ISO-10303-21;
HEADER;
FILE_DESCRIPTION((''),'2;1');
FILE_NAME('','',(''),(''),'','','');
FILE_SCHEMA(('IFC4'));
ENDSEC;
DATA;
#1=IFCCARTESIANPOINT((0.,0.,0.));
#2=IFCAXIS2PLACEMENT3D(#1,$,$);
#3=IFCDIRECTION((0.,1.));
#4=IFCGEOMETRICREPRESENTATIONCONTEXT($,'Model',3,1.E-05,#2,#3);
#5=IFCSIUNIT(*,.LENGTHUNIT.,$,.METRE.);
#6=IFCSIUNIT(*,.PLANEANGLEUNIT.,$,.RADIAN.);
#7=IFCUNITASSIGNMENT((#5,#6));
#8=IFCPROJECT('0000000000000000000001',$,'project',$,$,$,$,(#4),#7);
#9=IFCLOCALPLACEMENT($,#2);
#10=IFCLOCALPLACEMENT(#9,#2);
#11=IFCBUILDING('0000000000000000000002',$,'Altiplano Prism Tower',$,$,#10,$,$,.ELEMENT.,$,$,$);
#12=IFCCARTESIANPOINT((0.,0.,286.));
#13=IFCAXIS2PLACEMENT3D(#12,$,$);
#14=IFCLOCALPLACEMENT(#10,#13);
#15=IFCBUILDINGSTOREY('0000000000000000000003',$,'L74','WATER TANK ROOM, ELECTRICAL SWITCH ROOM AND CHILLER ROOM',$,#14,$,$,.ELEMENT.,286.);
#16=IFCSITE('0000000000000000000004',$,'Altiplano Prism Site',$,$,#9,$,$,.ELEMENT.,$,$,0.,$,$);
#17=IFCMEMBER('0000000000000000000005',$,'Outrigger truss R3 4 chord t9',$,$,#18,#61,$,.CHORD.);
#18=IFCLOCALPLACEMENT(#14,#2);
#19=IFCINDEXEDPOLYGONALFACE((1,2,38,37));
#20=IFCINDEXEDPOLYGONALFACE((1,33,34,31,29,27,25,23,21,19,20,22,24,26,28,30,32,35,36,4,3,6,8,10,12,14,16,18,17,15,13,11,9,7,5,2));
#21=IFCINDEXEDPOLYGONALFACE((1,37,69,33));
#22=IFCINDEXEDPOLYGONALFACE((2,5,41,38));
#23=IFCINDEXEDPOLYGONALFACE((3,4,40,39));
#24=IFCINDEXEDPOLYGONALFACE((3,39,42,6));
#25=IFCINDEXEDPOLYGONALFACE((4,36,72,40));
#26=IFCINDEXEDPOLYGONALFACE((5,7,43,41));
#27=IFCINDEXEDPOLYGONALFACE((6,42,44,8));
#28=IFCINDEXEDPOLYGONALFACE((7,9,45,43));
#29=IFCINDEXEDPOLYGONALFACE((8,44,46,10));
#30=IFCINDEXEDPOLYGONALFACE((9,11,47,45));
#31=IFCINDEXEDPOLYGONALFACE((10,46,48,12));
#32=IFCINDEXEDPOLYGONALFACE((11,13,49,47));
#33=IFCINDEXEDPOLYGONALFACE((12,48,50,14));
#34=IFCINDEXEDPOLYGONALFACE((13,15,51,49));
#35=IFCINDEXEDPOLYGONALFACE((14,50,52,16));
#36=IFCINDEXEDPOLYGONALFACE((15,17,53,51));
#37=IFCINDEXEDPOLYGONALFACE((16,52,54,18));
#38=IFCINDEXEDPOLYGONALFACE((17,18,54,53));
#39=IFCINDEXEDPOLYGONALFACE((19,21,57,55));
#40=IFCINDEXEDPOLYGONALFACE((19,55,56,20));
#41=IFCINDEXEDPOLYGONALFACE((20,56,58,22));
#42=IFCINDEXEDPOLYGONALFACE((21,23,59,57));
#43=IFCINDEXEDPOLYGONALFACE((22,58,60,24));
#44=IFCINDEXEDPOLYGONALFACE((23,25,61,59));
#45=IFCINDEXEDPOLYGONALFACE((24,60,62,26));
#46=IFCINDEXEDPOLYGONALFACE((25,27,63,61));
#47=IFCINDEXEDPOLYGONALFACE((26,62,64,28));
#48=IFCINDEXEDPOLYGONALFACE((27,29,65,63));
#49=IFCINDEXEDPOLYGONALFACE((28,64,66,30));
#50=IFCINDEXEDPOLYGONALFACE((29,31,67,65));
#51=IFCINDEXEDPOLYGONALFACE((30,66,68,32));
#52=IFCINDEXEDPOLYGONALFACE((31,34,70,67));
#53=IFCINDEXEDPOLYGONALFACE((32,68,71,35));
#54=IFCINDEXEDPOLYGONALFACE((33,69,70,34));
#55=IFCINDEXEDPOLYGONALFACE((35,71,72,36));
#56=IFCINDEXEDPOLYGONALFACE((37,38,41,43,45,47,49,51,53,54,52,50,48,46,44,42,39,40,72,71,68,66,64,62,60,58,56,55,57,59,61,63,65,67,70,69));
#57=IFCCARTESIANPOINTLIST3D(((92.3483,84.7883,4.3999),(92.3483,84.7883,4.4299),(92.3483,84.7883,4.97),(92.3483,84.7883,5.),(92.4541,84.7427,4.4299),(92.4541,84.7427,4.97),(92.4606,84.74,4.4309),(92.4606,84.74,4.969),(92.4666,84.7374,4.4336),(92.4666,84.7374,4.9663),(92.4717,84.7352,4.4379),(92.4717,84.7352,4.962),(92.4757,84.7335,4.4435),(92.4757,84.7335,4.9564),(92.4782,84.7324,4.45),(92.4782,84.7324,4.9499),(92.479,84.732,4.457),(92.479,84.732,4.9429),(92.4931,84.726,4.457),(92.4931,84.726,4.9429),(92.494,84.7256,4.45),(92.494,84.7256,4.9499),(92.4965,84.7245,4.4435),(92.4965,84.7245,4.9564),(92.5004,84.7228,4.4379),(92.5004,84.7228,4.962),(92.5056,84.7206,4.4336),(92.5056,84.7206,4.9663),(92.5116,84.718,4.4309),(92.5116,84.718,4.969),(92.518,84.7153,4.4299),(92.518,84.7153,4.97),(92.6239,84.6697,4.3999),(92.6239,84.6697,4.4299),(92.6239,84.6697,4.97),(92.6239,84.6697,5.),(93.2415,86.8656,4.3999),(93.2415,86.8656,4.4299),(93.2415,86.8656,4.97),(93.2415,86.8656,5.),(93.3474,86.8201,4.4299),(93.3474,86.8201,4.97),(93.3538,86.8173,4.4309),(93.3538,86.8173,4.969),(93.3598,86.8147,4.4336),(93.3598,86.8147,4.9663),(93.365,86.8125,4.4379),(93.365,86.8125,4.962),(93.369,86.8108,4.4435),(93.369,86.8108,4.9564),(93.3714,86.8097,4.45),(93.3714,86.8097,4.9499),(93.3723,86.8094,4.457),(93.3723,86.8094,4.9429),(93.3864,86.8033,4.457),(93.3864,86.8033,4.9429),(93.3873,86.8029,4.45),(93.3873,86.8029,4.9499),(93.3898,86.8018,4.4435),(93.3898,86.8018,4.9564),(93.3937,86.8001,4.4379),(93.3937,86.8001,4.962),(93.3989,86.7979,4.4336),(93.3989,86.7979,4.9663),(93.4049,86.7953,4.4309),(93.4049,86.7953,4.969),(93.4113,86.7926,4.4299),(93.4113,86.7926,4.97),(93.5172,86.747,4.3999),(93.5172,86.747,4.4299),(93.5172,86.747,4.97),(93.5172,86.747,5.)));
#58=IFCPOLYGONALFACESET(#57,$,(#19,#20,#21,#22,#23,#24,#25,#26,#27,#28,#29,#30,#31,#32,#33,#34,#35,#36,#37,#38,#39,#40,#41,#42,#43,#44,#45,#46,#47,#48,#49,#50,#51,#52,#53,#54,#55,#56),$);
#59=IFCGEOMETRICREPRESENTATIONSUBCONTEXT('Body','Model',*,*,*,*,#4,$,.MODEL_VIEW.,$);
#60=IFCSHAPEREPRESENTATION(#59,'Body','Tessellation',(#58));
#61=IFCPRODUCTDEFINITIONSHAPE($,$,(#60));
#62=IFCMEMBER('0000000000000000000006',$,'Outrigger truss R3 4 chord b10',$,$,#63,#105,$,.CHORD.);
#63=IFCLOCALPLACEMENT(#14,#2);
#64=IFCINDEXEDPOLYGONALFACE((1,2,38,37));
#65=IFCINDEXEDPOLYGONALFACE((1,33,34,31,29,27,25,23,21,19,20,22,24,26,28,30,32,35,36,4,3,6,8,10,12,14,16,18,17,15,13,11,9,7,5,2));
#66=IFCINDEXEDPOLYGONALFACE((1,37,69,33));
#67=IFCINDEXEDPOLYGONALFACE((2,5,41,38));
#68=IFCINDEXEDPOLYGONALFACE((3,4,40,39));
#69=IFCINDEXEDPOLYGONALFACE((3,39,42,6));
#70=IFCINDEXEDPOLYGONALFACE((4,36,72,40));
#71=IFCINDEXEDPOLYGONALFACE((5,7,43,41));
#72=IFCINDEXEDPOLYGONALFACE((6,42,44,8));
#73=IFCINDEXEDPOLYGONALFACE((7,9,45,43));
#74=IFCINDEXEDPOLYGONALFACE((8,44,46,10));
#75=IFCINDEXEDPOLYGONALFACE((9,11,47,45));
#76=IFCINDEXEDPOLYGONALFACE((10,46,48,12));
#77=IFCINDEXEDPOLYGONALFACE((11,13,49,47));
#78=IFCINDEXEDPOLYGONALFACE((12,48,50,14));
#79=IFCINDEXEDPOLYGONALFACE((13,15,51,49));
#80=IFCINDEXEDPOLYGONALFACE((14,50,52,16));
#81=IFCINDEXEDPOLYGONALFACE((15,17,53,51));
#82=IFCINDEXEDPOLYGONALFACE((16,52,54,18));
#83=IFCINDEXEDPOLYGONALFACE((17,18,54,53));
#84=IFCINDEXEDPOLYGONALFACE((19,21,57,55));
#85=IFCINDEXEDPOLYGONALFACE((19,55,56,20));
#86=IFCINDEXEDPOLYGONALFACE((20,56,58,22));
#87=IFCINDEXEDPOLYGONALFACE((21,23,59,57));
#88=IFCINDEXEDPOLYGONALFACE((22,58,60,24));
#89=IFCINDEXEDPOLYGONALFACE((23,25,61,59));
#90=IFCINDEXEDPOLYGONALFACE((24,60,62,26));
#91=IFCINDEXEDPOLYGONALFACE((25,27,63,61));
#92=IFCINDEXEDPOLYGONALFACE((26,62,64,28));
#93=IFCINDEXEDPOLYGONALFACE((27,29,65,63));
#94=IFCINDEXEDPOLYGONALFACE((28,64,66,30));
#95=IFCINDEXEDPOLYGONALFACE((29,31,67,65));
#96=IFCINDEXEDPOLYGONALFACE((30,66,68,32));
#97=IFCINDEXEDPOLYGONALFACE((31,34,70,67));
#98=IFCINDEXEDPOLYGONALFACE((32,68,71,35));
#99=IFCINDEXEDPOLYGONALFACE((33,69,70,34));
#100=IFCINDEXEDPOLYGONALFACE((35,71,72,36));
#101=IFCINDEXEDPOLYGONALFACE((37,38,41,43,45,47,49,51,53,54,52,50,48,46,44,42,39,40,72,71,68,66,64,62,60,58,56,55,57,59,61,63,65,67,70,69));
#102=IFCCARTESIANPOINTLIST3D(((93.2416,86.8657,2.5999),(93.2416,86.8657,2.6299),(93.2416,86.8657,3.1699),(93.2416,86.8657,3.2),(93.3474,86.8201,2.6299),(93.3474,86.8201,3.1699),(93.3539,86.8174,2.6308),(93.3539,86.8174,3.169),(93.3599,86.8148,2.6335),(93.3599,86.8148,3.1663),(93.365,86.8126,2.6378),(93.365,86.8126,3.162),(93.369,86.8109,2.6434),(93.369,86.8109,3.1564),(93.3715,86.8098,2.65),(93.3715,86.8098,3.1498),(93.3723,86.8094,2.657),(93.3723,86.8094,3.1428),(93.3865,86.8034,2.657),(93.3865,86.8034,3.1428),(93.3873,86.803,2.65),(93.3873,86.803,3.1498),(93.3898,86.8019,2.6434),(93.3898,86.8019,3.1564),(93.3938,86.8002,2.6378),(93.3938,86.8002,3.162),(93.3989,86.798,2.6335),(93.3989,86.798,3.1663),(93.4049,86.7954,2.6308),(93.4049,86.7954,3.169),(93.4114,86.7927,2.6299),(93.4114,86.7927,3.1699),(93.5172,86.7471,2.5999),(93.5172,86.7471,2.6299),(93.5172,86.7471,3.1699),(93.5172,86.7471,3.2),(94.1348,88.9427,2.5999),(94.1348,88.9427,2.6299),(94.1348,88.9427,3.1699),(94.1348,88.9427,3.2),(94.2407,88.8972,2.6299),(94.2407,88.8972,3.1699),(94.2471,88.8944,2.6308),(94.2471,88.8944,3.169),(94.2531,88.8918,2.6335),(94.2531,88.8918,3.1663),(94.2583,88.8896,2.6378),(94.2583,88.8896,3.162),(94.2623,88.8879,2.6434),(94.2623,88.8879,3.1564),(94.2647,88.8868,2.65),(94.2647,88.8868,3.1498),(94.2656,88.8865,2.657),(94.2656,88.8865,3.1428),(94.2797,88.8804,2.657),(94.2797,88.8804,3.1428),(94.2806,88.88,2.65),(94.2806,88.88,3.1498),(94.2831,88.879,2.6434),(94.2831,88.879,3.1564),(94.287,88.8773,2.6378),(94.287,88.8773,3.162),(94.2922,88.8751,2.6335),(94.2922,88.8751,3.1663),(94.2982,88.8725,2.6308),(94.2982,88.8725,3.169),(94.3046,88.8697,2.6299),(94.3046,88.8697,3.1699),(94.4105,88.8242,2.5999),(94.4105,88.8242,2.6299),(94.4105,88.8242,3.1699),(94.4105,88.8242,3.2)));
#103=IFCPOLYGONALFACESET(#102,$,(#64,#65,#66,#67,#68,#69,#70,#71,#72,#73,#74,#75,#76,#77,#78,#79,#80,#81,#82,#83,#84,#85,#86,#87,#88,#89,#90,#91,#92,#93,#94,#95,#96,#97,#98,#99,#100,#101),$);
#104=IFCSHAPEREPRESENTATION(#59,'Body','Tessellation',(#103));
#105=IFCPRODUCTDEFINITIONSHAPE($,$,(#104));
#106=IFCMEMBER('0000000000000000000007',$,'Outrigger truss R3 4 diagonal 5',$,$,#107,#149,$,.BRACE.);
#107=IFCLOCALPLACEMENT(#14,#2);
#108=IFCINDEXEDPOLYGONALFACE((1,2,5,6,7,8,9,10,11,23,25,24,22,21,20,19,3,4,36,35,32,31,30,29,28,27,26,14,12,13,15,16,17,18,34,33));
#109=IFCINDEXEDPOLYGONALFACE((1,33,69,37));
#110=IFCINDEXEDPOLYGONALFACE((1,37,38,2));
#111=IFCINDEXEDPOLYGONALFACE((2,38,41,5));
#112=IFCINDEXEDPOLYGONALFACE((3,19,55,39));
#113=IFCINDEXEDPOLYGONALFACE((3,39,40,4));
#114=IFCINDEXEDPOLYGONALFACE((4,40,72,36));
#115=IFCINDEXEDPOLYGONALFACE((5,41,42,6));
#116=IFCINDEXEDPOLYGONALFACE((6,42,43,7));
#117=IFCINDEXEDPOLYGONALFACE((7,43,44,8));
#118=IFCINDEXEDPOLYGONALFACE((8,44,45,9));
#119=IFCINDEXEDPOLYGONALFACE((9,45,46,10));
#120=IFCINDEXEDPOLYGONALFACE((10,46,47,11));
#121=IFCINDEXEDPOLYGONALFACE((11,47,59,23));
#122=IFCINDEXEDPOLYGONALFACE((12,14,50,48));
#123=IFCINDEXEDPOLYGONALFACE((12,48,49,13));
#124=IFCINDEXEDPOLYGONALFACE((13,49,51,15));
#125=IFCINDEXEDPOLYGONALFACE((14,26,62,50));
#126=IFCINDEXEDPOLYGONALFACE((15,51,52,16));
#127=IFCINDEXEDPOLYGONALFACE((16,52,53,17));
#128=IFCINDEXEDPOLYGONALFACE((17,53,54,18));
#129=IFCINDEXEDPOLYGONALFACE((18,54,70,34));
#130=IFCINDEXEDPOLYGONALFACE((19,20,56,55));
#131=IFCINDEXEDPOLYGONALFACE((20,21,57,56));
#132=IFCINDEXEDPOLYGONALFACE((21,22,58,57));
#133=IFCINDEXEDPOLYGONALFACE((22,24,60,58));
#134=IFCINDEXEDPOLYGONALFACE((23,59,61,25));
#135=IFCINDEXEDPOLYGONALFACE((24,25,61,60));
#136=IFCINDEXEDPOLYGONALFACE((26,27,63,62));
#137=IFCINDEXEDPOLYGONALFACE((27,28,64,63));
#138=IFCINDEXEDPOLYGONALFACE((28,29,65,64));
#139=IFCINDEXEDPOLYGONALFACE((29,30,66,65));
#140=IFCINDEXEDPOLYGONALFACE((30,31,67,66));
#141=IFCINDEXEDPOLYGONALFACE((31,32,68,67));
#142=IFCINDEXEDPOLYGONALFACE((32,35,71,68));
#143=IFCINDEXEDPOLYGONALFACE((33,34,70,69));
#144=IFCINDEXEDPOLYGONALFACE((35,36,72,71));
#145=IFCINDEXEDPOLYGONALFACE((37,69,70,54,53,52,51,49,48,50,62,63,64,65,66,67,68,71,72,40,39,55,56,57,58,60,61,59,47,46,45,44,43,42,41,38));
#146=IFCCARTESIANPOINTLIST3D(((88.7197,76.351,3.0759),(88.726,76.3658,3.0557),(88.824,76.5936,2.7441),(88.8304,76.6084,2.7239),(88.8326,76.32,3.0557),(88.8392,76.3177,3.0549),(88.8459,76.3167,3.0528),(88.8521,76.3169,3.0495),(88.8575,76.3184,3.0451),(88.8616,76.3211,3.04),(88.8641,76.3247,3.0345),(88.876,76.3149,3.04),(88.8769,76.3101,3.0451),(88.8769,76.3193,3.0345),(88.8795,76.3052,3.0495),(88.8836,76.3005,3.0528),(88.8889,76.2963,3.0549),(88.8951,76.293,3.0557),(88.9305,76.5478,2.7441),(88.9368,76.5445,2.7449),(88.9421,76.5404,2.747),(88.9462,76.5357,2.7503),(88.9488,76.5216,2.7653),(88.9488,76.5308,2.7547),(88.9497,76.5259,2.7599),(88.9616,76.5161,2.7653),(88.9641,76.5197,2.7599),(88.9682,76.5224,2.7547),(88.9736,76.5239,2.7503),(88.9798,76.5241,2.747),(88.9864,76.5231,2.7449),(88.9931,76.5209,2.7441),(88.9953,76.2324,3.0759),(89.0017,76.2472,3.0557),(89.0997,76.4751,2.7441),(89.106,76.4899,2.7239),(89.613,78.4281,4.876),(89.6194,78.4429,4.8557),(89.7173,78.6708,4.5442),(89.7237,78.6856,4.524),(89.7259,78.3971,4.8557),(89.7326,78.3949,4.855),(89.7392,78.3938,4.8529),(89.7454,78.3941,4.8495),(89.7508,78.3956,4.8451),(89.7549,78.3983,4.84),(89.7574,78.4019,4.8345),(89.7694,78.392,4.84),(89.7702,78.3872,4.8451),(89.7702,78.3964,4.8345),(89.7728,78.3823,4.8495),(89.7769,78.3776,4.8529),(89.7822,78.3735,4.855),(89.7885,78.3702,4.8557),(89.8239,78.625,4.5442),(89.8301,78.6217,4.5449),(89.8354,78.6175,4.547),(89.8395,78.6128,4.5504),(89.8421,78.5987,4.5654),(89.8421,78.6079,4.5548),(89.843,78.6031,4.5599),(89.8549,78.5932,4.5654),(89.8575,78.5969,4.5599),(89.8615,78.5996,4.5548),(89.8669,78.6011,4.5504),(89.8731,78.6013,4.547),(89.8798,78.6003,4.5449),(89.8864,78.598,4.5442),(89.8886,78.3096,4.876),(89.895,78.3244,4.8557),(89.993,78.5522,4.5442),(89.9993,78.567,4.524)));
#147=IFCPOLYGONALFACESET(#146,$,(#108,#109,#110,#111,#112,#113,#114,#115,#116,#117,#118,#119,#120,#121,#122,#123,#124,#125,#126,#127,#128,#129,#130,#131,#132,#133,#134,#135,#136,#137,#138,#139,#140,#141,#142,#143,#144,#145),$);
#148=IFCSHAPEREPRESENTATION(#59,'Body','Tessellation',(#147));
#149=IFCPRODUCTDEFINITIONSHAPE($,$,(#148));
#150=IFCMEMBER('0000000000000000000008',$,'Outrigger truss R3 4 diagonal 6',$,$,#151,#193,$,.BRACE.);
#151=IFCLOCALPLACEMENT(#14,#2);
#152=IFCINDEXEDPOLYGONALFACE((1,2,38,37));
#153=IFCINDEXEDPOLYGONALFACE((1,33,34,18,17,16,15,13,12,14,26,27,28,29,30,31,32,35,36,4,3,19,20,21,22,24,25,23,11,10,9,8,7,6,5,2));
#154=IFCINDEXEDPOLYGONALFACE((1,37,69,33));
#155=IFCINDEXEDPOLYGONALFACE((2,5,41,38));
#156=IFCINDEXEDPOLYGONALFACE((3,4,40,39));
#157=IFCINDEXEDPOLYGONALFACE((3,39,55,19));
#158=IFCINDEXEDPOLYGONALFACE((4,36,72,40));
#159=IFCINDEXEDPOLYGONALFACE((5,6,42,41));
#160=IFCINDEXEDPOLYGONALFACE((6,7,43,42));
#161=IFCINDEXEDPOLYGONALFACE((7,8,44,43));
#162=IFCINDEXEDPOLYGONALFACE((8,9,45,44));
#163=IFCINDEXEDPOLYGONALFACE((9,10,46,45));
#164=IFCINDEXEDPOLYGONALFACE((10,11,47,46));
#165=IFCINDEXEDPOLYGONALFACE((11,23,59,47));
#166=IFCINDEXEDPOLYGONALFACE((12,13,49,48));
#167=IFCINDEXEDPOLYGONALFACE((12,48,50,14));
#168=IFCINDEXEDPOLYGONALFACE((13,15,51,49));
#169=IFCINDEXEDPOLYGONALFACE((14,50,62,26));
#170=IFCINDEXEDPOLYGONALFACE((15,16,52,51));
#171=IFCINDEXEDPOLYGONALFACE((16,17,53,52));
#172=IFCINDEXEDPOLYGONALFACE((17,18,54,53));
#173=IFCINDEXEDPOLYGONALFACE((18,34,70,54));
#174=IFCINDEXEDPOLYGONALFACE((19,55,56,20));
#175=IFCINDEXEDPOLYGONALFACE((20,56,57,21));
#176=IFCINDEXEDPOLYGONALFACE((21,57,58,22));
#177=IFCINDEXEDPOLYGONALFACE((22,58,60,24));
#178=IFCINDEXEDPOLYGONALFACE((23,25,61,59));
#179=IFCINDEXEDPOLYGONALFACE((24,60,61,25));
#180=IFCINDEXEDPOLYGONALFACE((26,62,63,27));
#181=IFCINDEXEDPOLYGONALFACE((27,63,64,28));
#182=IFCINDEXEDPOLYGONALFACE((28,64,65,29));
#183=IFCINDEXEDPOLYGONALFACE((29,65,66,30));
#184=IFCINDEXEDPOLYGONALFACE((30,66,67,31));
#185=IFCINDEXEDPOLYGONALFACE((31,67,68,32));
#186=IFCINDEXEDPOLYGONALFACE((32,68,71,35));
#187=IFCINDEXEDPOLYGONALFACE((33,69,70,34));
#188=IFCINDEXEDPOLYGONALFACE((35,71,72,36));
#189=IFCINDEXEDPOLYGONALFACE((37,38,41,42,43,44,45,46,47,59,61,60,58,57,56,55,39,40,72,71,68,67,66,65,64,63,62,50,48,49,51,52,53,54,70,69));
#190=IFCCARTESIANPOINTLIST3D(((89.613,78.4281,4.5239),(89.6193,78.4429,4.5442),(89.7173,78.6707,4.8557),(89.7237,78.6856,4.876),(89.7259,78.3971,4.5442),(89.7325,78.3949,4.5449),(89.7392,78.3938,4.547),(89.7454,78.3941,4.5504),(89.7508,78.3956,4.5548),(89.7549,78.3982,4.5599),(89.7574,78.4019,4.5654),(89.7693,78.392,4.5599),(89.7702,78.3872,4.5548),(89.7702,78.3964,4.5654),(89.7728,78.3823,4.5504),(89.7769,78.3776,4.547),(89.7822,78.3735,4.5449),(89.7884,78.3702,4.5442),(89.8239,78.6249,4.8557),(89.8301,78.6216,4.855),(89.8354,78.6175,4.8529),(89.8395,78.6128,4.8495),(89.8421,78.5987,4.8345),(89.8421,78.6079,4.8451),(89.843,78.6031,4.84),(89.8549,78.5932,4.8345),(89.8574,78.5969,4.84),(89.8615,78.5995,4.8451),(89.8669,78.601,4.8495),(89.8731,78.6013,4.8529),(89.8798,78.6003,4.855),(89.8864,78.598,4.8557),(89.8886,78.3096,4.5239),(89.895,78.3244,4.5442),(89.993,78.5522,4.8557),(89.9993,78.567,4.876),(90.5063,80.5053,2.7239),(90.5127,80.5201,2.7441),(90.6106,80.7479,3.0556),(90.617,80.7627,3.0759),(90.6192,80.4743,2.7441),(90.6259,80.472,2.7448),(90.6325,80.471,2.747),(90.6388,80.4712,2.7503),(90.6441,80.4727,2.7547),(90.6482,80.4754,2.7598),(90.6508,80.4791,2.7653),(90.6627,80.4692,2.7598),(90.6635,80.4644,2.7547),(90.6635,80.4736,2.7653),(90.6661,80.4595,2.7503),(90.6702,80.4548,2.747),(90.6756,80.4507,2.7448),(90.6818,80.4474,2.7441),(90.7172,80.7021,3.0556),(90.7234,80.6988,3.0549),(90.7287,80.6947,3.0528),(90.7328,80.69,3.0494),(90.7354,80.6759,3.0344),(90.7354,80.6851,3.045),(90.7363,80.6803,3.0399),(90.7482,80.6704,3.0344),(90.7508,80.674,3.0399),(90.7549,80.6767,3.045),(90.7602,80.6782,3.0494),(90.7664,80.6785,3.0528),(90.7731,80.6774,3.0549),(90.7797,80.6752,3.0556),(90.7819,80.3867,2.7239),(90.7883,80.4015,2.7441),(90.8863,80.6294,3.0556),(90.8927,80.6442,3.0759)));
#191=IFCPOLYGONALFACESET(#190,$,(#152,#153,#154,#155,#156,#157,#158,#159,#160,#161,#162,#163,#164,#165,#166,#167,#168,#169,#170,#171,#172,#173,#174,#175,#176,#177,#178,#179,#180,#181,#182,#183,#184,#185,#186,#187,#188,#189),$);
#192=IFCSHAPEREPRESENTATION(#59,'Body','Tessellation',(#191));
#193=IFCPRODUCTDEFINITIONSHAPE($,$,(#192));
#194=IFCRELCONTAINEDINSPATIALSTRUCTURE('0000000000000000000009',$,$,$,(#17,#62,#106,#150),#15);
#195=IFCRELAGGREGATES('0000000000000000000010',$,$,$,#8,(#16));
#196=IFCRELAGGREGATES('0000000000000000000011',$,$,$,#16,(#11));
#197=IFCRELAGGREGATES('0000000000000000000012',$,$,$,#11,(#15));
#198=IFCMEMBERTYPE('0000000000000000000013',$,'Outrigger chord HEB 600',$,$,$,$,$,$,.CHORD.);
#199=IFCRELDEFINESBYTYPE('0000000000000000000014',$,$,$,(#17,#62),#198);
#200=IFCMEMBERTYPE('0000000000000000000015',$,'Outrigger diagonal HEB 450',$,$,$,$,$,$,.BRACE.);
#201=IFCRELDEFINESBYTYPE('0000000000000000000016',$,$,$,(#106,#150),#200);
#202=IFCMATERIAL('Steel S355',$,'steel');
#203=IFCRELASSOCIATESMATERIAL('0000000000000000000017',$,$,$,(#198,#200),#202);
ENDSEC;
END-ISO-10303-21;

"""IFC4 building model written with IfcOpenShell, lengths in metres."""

from ifc_helpers import new_model, si_unit, direction, frame, origin, origin_2d, place, context, subcontext, project, spatial, i_section, extrude, material, material_profile, profile_set, type_object, element, save


model = new_model("IFC4")

# Units and contexts
model_context = context("Model", 3, precision=1e-05, world=origin(), true_north=direction((0.0, 1.0)))
body_context = subcontext(model_context, "Body", "Model", "MODEL_VIEW")
ifc_project = project(units=[si_unit("LENGTHUNIT", "METRE"), si_unit("PLANEANGLEUNIT", "RADIAN")], contexts=[model_context])

# Site, building, storey
site_placement = place(None, origin())
site = spatial("IfcSite", under=ifc_project, at=site_placement, Name="Altiplano Prism Site", CompositionType="ELEMENT", RefElevation=0.0)
building_placement = place(site_placement, origin())
building = spatial("IfcBuilding", under=site, at=building_placement, Name="Altiplano Prism Tower", CompositionType="ELEMENT")
storey_placement = place(building_placement, frame((0.0, 0.0, 286.0)))
storey = spatial("IfcBuildingStorey", under=building, at=storey_placement, Name="L74", Description="WATER TANK ROOM, ELECTRICAL SWITCH ROOM AND CHILLER ROOM", CompositionType="ELEMENT", Elevation=286.0)

# Members
ifc_material_1 = material(Name="Steel S355", Category="steel")
ifc_material_profile_1 = material_profile(ifc_material_1, i_section(OverallWidth=0.3, OverallDepth=0.6001, WebThickness=0.0154, FlangeThickness=0.03, FilletRadius=0.0271, at=origin_2d()), Name="Outrigger chord HEB 600")
ifc_profile_set_1 = profile_set([ifc_material_profile_1], Name="Steel S355")
member_type_1 = type_object("IfcMemberType", Name="Outrigger chord HEB 600", PredefinedType="CHORD", material=ifc_profile_set_1)
for number, where, z_axis, x_axis, name in (
    (1, (92.4861, 84.729, 4.7), (0.39504, 0.918664, 0.0), (-0.918664, 0.39504, 0.0), "Outrigger truss R3 4 chord t9"),
):
    element("IfcMember", number, at=place(storey_placement, frame(where, z_axis=z_axis, x_axis=x_axis)), inside=storey, type_object=member_type_1, Name=name, PredefinedType="CHORD", context=body_context, shape_type="SweptSolid", body=[
        extrude(i_section(OverallWidth=0.3, OverallDepth=0.6001, WebThickness=0.0154, FlangeThickness=0.03, FilletRadius=0.0271, at=origin_2d()), origin(), (0.0, 0.0, 1.0), 2.2612),
    ])
member_1_placement = place(storey_placement, frame((93.3794, 86.8064, 2.8999), z_axis=(0.395079, 0.918647, 0.0), x_axis=(-0.918647, 0.395079, 0.0)))
element("IfcMember", 2, at=member_1_placement, inside=storey, type_object=member_type_1, Name="Outrigger truss R3 4 chord b10", PredefinedType="CHORD", context=body_context, shape_type="SweptSolid", body=[
    extrude(i_section(OverallWidth=0.3, OverallDepth=0.6001, WebThickness=0.0154, FlangeThickness=0.03, FilletRadius=0.0271, at=origin_2d()), origin(), (0.0, 0.0, 1.0), 2.261),
])
ifc_material_profile_2 = material_profile(ifc_material_1, i_section(OverallWidth=0.3, OverallDepth=0.45, WebThickness=0.0139, FlangeThickness=0.0259, FilletRadius=0.0271, at=origin_2d()), Name="Outrigger diagonal HEB 450")
ifc_profile_set_2 = profile_set([ifc_material_profile_2], Name="Steel S355")
member_type_2 = type_object("IfcMemberType", Name="Outrigger diagonal HEB 450", PredefinedType="BRACE", material=ifc_profile_set_2)
for number, where, z_axis, x_axis, name in (
    (3, (88.9128, 76.4204, 2.8999), (0.309092, 0.71871, 0.622831), (-0.918647, 0.395079, 0.0), "Outrigger truss R3 4 diagonal 5"),
    (4, (89.8062, 78.4976, 4.7), (0.309092, 0.71871, -0.622831), (-0.918647, 0.395079, 0.0), "Outrigger truss R3 4 diagonal 6"),
):
    element("IfcMember", number, at=place(storey_placement, frame(where, z_axis=z_axis, x_axis=x_axis)), inside=storey, type_object=member_type_2, Name=name, PredefinedType="BRACE", context=body_context, shape_type="SweptSolid", body=[
        extrude(i_section(OverallWidth=0.3, OverallDepth=0.45, WebThickness=0.0139, FlangeThickness=0.0259, FilletRadius=0.0271, at=origin_2d()), origin(), (0.0, 0.0, 1.0), 2.8901),
    ])

save(model, "model.ifc")
